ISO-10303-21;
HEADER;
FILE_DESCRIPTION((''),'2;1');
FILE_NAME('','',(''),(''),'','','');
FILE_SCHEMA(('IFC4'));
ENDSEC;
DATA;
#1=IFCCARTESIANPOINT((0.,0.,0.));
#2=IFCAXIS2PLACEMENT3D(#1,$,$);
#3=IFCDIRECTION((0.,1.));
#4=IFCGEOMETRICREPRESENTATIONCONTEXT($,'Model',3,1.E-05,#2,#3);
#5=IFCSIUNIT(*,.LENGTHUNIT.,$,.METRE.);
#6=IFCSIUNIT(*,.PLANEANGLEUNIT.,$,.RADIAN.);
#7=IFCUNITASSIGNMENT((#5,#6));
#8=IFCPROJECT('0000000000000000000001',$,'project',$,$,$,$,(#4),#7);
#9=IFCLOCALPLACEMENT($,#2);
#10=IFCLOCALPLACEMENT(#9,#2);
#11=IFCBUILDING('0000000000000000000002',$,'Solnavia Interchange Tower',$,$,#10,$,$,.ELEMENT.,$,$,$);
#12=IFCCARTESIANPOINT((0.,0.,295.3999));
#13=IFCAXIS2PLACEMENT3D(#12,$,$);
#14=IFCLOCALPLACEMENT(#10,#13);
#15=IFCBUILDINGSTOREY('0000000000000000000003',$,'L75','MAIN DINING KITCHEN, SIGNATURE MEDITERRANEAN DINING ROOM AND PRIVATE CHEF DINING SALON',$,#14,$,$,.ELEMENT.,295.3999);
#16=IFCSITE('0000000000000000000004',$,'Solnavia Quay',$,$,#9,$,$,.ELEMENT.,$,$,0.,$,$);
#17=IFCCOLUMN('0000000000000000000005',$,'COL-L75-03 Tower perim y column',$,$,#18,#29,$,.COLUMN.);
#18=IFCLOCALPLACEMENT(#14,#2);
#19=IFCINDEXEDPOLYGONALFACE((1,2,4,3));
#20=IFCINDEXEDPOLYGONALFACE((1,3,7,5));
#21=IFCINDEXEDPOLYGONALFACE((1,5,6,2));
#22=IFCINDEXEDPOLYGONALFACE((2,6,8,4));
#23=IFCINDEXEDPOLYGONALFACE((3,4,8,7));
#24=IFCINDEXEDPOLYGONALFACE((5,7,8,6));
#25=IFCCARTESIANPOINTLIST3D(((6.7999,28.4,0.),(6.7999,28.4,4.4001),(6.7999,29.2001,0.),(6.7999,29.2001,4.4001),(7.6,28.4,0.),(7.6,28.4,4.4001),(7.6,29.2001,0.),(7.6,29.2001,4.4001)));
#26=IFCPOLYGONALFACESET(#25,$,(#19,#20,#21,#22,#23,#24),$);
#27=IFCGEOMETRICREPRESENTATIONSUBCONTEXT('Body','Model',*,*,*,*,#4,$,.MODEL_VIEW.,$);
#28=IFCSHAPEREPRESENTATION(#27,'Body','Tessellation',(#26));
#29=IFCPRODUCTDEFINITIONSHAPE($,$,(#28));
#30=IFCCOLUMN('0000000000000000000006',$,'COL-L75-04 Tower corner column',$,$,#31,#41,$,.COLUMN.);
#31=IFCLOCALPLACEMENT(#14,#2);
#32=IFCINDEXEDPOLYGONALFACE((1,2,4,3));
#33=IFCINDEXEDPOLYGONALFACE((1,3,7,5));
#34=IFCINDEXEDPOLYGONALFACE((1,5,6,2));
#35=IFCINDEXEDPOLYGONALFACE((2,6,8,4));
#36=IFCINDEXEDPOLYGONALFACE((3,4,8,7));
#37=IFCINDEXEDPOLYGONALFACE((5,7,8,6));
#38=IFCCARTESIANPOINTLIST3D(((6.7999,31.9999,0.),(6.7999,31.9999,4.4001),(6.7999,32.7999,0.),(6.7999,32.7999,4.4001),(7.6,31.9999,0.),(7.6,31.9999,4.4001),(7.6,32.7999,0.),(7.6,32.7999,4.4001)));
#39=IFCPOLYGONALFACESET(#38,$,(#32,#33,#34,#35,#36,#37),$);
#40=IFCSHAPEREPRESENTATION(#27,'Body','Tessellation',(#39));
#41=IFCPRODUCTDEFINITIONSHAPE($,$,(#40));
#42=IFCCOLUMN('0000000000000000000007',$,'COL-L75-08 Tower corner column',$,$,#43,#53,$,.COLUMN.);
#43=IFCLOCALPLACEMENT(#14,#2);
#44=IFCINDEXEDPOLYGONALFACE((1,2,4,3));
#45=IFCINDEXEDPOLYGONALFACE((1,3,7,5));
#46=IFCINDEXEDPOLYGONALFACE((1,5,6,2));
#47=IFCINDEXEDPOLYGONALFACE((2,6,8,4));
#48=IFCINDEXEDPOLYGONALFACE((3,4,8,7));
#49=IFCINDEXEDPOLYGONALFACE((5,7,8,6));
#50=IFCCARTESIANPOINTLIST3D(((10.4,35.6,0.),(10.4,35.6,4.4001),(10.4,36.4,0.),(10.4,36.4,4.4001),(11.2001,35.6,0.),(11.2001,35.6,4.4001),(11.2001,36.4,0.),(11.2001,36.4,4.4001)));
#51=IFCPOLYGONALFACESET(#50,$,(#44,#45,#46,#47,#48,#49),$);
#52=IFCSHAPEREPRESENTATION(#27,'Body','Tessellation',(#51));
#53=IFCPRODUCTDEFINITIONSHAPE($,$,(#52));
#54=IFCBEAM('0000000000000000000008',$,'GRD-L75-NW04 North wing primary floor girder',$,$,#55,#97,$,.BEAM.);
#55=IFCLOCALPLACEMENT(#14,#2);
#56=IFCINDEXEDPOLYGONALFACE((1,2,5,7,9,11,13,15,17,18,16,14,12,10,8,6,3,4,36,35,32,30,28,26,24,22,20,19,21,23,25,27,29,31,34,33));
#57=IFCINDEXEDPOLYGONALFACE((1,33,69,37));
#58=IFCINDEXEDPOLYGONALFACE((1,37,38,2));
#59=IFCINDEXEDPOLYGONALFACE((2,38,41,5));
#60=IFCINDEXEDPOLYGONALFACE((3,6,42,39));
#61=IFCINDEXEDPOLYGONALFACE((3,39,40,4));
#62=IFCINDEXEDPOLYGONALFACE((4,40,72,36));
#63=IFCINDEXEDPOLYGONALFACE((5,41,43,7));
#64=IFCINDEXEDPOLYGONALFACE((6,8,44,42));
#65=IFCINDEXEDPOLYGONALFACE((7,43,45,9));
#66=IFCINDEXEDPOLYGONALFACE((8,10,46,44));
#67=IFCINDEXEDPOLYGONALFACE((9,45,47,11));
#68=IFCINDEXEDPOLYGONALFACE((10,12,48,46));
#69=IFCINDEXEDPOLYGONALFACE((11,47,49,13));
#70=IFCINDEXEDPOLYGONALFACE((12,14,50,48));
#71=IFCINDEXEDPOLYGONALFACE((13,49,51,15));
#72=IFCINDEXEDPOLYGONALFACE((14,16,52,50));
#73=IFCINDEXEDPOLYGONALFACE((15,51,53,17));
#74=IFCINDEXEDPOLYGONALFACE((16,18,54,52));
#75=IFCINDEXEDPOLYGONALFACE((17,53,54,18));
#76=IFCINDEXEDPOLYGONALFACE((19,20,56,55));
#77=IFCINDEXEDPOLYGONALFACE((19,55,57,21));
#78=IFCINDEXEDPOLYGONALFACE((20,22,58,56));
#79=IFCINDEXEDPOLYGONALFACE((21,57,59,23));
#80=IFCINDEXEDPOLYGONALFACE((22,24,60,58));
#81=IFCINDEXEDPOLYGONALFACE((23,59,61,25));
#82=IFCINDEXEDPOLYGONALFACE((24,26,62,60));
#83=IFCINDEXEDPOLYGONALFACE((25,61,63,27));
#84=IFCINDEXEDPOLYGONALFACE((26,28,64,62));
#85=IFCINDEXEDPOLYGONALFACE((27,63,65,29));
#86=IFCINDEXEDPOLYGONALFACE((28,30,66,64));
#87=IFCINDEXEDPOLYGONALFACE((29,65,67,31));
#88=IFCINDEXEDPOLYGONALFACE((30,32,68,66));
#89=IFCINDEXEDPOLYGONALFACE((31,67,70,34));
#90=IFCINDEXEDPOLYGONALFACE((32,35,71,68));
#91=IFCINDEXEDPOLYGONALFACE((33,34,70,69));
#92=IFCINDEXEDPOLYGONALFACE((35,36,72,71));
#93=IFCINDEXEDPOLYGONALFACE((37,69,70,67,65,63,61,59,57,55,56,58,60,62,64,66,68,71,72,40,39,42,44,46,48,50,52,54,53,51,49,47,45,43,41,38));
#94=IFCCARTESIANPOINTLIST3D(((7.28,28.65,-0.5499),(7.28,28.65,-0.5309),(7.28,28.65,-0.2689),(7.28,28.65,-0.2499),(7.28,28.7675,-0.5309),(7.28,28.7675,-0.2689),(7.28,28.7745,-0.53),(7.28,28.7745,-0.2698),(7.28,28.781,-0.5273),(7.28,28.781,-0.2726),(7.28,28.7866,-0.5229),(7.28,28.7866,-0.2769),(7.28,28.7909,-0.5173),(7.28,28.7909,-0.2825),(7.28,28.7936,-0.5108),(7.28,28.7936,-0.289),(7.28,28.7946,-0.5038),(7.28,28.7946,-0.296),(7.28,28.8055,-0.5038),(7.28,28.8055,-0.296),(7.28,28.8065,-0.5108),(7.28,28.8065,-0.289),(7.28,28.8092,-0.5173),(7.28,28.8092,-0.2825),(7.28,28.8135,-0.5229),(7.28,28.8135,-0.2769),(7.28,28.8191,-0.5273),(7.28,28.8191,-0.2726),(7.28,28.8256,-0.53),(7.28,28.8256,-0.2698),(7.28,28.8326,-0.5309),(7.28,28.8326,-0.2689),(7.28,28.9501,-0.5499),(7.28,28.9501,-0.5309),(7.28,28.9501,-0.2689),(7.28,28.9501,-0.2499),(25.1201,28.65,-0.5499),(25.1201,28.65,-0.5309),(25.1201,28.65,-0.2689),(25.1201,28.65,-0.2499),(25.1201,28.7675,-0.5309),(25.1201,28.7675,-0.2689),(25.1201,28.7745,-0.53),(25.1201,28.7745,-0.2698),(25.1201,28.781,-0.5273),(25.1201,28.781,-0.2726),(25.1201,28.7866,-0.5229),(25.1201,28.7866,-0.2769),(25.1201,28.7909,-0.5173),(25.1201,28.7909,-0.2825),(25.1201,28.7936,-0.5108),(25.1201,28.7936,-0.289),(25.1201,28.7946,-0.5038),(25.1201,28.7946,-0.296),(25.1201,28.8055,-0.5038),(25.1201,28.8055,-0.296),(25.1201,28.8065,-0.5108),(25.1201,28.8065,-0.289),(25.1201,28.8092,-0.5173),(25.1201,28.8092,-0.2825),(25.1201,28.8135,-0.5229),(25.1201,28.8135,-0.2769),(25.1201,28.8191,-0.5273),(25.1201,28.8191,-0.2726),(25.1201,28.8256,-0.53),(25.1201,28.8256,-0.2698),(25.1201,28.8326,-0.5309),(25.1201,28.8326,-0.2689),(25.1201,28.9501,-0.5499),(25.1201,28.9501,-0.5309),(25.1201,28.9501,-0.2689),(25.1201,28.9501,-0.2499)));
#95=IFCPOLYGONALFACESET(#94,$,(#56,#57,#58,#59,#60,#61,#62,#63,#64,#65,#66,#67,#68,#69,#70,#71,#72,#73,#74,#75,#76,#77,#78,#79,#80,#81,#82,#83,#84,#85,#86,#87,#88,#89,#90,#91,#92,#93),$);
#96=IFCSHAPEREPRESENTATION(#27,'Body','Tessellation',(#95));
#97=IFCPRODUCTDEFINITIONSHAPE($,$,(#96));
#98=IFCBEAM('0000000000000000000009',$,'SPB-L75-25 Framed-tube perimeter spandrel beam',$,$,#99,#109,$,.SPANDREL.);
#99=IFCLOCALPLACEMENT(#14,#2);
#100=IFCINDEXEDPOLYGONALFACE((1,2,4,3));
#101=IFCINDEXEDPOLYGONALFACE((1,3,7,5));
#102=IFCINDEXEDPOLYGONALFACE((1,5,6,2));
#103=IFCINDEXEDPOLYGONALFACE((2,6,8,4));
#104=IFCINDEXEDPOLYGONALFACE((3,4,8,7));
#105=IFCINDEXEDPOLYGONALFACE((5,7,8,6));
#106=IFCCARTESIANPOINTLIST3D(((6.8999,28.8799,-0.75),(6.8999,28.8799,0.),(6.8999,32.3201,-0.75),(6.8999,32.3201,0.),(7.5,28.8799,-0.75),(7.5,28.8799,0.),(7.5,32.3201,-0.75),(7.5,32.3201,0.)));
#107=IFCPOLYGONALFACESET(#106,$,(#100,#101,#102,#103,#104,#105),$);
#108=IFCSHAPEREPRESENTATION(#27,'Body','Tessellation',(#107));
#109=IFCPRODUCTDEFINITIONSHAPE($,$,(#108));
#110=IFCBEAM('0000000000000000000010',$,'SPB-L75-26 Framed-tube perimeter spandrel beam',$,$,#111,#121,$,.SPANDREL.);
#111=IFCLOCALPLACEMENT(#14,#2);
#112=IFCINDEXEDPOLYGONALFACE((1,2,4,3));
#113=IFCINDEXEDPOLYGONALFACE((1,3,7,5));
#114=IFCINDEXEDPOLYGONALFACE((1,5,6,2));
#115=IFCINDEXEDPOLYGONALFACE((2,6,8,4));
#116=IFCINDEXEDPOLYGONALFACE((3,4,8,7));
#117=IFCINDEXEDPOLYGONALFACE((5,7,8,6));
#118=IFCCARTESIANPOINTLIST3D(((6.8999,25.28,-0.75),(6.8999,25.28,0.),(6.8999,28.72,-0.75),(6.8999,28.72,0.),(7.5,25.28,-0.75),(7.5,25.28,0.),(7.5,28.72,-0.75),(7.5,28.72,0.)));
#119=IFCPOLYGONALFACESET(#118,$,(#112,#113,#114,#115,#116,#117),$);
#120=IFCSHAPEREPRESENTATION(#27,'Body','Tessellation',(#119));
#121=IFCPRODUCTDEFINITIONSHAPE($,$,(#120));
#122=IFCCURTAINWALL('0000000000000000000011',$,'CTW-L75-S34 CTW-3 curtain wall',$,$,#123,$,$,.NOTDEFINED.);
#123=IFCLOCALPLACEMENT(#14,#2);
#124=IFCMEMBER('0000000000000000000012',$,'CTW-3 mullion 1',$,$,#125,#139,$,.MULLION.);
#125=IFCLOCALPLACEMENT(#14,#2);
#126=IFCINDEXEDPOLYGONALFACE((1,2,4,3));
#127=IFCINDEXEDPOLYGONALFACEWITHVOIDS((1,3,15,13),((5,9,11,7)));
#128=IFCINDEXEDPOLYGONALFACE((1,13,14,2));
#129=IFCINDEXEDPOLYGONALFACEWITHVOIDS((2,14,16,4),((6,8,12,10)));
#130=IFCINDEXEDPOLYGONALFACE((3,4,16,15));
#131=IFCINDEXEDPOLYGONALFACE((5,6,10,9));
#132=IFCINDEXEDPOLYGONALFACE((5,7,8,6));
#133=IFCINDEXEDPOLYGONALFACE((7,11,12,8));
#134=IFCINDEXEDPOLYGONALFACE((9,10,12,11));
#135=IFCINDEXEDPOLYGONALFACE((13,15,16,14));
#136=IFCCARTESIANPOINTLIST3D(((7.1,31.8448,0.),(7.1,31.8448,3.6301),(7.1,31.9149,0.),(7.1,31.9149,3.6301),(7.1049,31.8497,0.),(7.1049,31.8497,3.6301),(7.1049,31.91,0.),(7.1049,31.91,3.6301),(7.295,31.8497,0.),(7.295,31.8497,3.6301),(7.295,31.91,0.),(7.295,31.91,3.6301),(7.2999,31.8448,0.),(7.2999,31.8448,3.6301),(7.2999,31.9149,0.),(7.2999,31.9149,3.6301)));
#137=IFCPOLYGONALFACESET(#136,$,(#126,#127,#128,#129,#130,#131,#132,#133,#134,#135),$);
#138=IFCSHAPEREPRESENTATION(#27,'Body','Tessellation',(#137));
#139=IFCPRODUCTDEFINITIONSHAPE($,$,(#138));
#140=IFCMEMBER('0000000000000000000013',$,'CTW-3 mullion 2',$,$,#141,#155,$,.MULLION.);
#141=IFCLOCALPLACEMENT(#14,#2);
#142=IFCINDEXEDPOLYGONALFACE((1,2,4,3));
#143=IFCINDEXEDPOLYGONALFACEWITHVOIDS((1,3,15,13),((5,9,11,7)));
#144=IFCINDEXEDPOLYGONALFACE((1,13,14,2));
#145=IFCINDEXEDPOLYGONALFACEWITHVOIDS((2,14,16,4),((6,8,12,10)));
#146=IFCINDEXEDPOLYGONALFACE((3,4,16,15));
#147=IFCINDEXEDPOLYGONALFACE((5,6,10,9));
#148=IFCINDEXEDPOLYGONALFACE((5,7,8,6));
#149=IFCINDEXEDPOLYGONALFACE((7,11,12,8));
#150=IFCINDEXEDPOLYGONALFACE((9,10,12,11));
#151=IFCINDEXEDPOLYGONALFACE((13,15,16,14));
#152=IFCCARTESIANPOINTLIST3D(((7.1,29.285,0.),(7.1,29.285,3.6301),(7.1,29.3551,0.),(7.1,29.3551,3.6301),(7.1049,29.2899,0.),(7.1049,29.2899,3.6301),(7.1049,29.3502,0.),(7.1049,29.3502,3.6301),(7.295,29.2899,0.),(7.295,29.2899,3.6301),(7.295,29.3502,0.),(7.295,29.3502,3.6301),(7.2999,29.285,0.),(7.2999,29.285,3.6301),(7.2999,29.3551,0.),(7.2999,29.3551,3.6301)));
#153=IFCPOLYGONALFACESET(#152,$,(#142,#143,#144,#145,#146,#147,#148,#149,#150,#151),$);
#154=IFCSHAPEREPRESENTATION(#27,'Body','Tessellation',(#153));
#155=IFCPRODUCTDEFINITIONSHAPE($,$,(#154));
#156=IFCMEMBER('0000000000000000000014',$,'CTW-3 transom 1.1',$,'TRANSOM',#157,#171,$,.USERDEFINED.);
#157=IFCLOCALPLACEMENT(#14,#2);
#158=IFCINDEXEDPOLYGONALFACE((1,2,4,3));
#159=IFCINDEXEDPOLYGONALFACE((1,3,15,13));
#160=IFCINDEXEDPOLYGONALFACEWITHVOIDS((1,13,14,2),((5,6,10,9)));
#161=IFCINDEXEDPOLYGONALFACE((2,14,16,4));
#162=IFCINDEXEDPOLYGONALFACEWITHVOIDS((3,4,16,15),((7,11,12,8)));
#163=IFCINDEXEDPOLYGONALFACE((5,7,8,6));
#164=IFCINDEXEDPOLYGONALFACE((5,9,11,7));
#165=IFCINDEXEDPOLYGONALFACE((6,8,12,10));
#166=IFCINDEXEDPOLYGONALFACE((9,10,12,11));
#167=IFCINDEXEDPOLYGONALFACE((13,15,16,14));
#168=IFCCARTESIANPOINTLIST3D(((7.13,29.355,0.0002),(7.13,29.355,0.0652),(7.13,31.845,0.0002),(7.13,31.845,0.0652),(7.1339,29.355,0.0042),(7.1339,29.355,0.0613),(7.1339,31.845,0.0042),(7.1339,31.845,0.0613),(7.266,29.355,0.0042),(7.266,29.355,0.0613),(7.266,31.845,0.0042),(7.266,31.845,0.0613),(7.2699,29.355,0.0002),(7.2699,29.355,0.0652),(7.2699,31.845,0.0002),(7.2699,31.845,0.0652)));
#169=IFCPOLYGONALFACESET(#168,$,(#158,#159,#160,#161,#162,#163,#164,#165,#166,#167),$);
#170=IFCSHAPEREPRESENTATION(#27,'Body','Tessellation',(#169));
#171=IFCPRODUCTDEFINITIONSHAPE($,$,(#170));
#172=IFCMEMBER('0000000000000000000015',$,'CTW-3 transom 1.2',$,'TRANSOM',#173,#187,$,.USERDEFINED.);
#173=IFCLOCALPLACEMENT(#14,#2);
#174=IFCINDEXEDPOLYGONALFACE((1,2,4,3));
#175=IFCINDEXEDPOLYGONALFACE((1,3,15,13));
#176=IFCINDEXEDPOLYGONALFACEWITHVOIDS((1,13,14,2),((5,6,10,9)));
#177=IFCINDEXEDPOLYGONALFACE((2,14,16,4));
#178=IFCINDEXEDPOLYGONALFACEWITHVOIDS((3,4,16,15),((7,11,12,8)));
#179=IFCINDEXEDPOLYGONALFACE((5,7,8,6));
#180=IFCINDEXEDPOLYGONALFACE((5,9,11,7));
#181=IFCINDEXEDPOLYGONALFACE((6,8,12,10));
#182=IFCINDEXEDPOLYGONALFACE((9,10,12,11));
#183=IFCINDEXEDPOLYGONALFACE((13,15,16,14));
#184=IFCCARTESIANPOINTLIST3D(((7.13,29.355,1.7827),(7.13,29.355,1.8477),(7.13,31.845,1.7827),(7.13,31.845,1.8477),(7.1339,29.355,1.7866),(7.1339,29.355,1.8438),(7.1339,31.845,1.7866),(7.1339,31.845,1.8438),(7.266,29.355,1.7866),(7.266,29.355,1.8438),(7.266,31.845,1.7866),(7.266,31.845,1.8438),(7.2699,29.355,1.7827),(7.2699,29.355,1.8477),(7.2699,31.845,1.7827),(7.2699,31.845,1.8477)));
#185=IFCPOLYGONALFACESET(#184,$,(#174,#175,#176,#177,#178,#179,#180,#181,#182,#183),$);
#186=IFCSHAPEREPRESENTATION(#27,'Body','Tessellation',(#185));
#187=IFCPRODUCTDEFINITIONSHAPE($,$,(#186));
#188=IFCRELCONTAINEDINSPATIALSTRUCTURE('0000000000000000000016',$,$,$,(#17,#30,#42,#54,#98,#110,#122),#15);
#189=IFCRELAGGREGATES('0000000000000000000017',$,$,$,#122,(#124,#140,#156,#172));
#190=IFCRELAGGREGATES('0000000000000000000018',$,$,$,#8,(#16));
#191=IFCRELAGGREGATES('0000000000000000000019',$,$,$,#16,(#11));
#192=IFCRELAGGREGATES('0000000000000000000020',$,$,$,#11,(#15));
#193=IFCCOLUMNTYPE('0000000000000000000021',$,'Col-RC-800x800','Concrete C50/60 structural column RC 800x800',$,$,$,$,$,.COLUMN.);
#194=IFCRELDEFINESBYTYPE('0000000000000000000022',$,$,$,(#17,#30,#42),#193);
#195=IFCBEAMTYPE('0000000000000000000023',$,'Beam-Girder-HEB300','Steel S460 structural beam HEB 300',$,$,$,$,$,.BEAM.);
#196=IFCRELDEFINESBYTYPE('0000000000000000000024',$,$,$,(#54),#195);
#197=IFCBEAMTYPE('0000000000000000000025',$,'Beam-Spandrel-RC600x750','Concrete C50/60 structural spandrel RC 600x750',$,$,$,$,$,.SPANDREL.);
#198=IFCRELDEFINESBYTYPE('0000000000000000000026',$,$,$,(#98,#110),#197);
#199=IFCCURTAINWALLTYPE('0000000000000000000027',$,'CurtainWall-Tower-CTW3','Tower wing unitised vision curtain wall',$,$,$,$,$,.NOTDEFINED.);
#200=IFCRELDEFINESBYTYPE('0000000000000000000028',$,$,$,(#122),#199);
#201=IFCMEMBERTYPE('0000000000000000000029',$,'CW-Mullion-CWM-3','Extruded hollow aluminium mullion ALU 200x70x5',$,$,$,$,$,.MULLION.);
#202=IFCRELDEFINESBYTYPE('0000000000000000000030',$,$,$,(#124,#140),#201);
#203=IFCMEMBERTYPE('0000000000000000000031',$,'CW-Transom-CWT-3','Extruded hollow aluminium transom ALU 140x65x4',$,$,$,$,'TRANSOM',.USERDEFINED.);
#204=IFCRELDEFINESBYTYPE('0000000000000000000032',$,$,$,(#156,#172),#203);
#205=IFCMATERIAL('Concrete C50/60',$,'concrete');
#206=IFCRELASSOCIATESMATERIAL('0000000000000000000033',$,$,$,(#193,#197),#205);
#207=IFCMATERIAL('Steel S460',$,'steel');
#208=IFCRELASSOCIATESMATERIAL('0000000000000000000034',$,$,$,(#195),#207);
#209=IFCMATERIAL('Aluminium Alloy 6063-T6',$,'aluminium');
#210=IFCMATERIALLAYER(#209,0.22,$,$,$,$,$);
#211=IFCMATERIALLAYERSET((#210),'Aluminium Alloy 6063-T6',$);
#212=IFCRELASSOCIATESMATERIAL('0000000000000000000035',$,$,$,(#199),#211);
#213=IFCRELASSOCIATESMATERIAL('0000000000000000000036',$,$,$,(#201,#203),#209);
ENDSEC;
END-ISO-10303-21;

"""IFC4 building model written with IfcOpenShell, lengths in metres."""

from ifc_helpers import new_model, si_unit, direction, frame, origin, origin_2d, place, context, subcontext, project, spatial, rectangle, hollow_rectangle, i_section, extrude, material, layer, layer_set, material_profile, profile_set, type_object, element, aggregate, save


model = new_model("IFC4")

# Units and contexts
model_context = context("Model", 3, precision=1e-05, world=origin(), true_north=direction((0.0, 1.0)))
body_context = subcontext(model_context, "Body", "Model", "MODEL_VIEW")
ifc_project = project(units=[si_unit("LENGTHUNIT", "METRE"), si_unit("PLANEANGLEUNIT", "RADIAN")], contexts=[model_context])

# Site, building, storey
site_placement = place(None, origin())
site = spatial("IfcSite", under=ifc_project, at=site_placement, Name="Solnavia Quay", CompositionType="ELEMENT", RefElevation=0.0)
building_placement = place(site_placement, origin())
building = spatial("IfcBuilding", under=site, at=building_placement, Name="Solnavia Interchange Tower", CompositionType="ELEMENT")
storey_placement = place(building_placement, frame((0.0, 0.0, 295.3999)))
storey = spatial("IfcBuildingStorey", under=building, at=storey_placement, Name="L75", Description="MAIN DINING KITCHEN, SIGNATURE MEDITERRANEAN DINING ROOM AND PRIVATE CHEF DINING SALON", CompositionType="ELEMENT", Elevation=295.3999)

# Columns
ifc_material_1 = material(Name="Concrete C50/60", Category="concrete")
ifc_material_profile_1 = material_profile(ifc_material_1, rectangle(XDim=0.8, YDim=0.8, at=origin_2d()), Name="RC 800x800")
ifc_profile_set_1 = profile_set([ifc_material_profile_1], Name="Concrete C50/60")
column_type = type_object("IfcColumnType", Name="Col-RC-800x800", Description="Concrete C50/60 structural column RC 800x800", PredefinedType="COLUMN", material=ifc_profile_set_1)
for number, where, z_axis, x_axis, name in (
    (1, (7.2, 28.8, 0.0), (0.0, 0.0, 1.0), (0.0, 1.0, 0.0), "COL-L75-03 Tower perim y column"),
    (2, (7.2, 32.3999, 0.0), (0.0, 0.0, 1.0), (0.0, 1.0, 0.0), "COL-L75-04 Tower corner column"),
    (3, (10.8, 36.0, 0.0), (0.0, 0.0, 1.0), (1.0, 0.0, 0.0), "COL-L75-08 Tower corner column"),
):
    element("IfcColumn", number, at=place(storey_placement, frame(where, z_axis=z_axis, x_axis=x_axis)), inside=storey, type_object=column_type, Name=name, PredefinedType="COLUMN", context=body_context, shape_type="SweptSolid", body=[
        extrude(rectangle(XDim=0.8, YDim=0.8, at=origin_2d()), origin(), (0.0, 0.0, 1.0), 4.4001),
    ])

# Beams
ifc_material_2 = material(Name="Steel S460", Category="steel")
ifc_material_profile_2 = material_profile(ifc_material_2, i_section(OverallWidth=0.3, OverallDepth=0.3, WebThickness=0.011, FlangeThickness=0.019, FilletRadius=0.0271, at=origin_2d()), Name="HEB 300")
ifc_profile_set_2 = profile_set([ifc_material_profile_2], Name="Steel S460")
beam_type_1 = type_object("IfcBeamType", Name="Beam-Girder-HEB300", Description="Steel S460 structural beam HEB 300", PredefinedType="BEAM", material=ifc_profile_set_2)
beam_1_placement = place(storey_placement, frame((7.28, 28.8, -0.3999), z_axis=(1.0, 0.0, 0.0), x_axis=(0.0, 1.0, 0.0)))
element("IfcBeam", 4, at=beam_1_placement, inside=storey, type_object=beam_type_1, Name="GRD-L75-NW04 North wing primary floor girder", PredefinedType="BEAM", context=body_context, shape_type="SweptSolid", body=[
    extrude(i_section(OverallWidth=0.3, OverallDepth=0.3, WebThickness=0.011, FlangeThickness=0.019, FilletRadius=0.0271, at=origin_2d()), origin(), (0.0, 0.0, 1.0), 17.8401),
])
ifc_material_profile_3 = material_profile(ifc_material_1, rectangle(XDim=0.6001, YDim=0.75, at=origin_2d()), Name="RC 600x750")
ifc_profile_set_3 = profile_set([ifc_material_profile_3], Name="Concrete C50/60")
beam_type_2 = type_object("IfcBeamType", Name="Beam-Spandrel-RC600x750", Description="Concrete C50/60 structural spandrel RC 600x750", PredefinedType="SPANDREL", material=ifc_profile_set_3)
beam_2_placement = place(storey_placement, frame((7.2, 32.3201, -0.375), z_axis=(0.0, -1.0, 0.0), x_axis=(1.0, 0.0, 0.0)))
element("IfcBeam", 5, at=beam_2_placement, inside=storey, type_object=beam_type_2, Name="SPB-L75-25 Framed-tube perimeter spandrel beam", PredefinedType="SPANDREL", context=body_context, shape_type="SweptSolid", body=[
    extrude(rectangle(XDim=0.6001, YDim=0.75, at=origin_2d()), origin(), (0.0, 0.0, 1.0), 3.4402),
])
beam_3_placement = place(storey_placement, frame((7.2, 28.72, -0.375), z_axis=(0.0, -1.0, 0.0), x_axis=(1.0, 0.0, 0.0)))
element("IfcBeam", 6, at=beam_3_placement, inside=storey, type_object=beam_type_2, Name="SPB-L75-26 Framed-tube perimeter spandrel beam", PredefinedType="SPANDREL", context=body_context, shape_type="SweptSolid", body=[
    extrude(rectangle(XDim=0.6001, YDim=0.75, at=origin_2d()), origin(), (0.0, 0.0, 1.0), 3.4399),
])

# Curtain wall, members
ifc_material_3 = material(Name="Aluminium Alloy 6063-T6", Category="aluminium")
ifc_layer_1 = layer(ifc_material_3, 0.22)
ifc_layer_set_1 = layer_set([ifc_layer_1], Name="Aluminium Alloy 6063-T6")
curtain_wall_type = type_object("IfcCurtainWallType", Name="CurtainWall-Tower-CTW3", Description="Tower wing unitised vision curtain wall", PredefinedType="NOTDEFINED", material=ifc_layer_set_1)
curtain_wall_placement = place(storey_placement, origin())
curtain_wall = element("IfcCurtainWall", 7, at=curtain_wall_placement, inside=storey, type_object=curtain_wall_type, Name="CTW-L75-S34 CTW-3 curtain wall", PredefinedType="NOTDEFINED")
ifc_material_profile_4 = material_profile(ifc_material_3, hollow_rectangle(XDim=0.0701, YDim=0.2, WallThickness=0.0049, at=origin_2d()), Name="ALU 200x70x5")
ifc_profile_set_4 = profile_set([ifc_material_profile_4], Name="Aluminium Alloy 6063-T6")
member_type_1 = type_object("IfcMemberType", Name="CW-Mullion-CWM-3", Description="Extruded hollow aluminium mullion ALU 200x70x5", PredefinedType="MULLION", material=ifc_profile_set_4)
member_1_placement = place(storey_placement, frame((7.2, 31.8799, 0.0), z_axis=(0.0, 0.0, 1.0), x_axis=(0.0, -1.0, 0.0)))
member_1 = element("IfcMember", 8, at=member_1_placement, type_object=member_type_1, Name="CTW-3 mullion 1", PredefinedType="MULLION", context=body_context, shape_type="SweptSolid", body=[
    extrude(hollow_rectangle(XDim=0.0701, YDim=0.2, WallThickness=0.0049, at=origin_2d()), origin(), (0.0, 0.0, 1.0), 3.6301),
])
member_2_placement = place(storey_placement, frame((7.2, 29.3201, 0.0), z_axis=(0.0, 0.0, 1.0), x_axis=(0.0, -1.0, 0.0)))
member_2 = element("IfcMember", 9, at=member_2_placement, type_object=member_type_1, Name="CTW-3 mullion 2", PredefinedType="MULLION", context=body_context, shape_type="SweptSolid", body=[
    extrude(hollow_rectangle(XDim=0.0701, YDim=0.2, WallThickness=0.0049, at=origin_2d()), origin(), (0.0, 0.0, 1.0), 3.6301),
])
ifc_material_profile_5 = material_profile(ifc_material_3, hollow_rectangle(XDim=0.0649, YDim=0.1399, WallThickness=0.0039, at=origin_2d()), Name="ALU 140x65x4")
ifc_profile_set_5 = profile_set([ifc_material_profile_5], Name="Aluminium Alloy 6063-T6")
member_type_2 = type_object("IfcMemberType", Name="CW-Transom-CWT-3", Description="Extruded hollow aluminium transom ALU 140x65x4", ElementType="TRANSOM", PredefinedType="USERDEFINED", material=ifc_profile_set_5)
member_3_placement = place(storey_placement, frame((7.2, 31.845, 0.0327), z_axis=(0.0, -1.0, 0.0), x_axis=(0.0, 0.0, 1.0)))
member_3 = element("IfcMember", 10, at=member_3_placement, type_object=member_type_2, Name="CTW-3 transom 1.1", ObjectType="TRANSOM", PredefinedType="USERDEFINED", context=body_context, shape_type="SweptSolid", body=[
    extrude(hollow_rectangle(XDim=0.0649, YDim=0.1399, WallThickness=0.0039, at=origin_2d()), origin(), (0.0, 0.0, 1.0), 2.49),
])
member_4_placement = place(storey_placement, frame((7.2, 31.845, 1.8152), z_axis=(0.0, -1.0, 0.0), x_axis=(0.0, 0.0, 1.0)))
member_4 = element("IfcMember", 11, at=member_4_placement, type_object=member_type_2, Name="CTW-3 transom 1.2", ObjectType="TRANSOM", PredefinedType="USERDEFINED", context=body_context, shape_type="SweptSolid", body=[
    extrude(hollow_rectangle(XDim=0.0649, YDim=0.1399, WallThickness=0.0039, at=origin_2d()), origin(), (0.0, 0.0, 1.0), 2.49),
])
aggregate(curtain_wall, [member_1, member_2, member_3, member_4])

save(model, "model.ifc")
